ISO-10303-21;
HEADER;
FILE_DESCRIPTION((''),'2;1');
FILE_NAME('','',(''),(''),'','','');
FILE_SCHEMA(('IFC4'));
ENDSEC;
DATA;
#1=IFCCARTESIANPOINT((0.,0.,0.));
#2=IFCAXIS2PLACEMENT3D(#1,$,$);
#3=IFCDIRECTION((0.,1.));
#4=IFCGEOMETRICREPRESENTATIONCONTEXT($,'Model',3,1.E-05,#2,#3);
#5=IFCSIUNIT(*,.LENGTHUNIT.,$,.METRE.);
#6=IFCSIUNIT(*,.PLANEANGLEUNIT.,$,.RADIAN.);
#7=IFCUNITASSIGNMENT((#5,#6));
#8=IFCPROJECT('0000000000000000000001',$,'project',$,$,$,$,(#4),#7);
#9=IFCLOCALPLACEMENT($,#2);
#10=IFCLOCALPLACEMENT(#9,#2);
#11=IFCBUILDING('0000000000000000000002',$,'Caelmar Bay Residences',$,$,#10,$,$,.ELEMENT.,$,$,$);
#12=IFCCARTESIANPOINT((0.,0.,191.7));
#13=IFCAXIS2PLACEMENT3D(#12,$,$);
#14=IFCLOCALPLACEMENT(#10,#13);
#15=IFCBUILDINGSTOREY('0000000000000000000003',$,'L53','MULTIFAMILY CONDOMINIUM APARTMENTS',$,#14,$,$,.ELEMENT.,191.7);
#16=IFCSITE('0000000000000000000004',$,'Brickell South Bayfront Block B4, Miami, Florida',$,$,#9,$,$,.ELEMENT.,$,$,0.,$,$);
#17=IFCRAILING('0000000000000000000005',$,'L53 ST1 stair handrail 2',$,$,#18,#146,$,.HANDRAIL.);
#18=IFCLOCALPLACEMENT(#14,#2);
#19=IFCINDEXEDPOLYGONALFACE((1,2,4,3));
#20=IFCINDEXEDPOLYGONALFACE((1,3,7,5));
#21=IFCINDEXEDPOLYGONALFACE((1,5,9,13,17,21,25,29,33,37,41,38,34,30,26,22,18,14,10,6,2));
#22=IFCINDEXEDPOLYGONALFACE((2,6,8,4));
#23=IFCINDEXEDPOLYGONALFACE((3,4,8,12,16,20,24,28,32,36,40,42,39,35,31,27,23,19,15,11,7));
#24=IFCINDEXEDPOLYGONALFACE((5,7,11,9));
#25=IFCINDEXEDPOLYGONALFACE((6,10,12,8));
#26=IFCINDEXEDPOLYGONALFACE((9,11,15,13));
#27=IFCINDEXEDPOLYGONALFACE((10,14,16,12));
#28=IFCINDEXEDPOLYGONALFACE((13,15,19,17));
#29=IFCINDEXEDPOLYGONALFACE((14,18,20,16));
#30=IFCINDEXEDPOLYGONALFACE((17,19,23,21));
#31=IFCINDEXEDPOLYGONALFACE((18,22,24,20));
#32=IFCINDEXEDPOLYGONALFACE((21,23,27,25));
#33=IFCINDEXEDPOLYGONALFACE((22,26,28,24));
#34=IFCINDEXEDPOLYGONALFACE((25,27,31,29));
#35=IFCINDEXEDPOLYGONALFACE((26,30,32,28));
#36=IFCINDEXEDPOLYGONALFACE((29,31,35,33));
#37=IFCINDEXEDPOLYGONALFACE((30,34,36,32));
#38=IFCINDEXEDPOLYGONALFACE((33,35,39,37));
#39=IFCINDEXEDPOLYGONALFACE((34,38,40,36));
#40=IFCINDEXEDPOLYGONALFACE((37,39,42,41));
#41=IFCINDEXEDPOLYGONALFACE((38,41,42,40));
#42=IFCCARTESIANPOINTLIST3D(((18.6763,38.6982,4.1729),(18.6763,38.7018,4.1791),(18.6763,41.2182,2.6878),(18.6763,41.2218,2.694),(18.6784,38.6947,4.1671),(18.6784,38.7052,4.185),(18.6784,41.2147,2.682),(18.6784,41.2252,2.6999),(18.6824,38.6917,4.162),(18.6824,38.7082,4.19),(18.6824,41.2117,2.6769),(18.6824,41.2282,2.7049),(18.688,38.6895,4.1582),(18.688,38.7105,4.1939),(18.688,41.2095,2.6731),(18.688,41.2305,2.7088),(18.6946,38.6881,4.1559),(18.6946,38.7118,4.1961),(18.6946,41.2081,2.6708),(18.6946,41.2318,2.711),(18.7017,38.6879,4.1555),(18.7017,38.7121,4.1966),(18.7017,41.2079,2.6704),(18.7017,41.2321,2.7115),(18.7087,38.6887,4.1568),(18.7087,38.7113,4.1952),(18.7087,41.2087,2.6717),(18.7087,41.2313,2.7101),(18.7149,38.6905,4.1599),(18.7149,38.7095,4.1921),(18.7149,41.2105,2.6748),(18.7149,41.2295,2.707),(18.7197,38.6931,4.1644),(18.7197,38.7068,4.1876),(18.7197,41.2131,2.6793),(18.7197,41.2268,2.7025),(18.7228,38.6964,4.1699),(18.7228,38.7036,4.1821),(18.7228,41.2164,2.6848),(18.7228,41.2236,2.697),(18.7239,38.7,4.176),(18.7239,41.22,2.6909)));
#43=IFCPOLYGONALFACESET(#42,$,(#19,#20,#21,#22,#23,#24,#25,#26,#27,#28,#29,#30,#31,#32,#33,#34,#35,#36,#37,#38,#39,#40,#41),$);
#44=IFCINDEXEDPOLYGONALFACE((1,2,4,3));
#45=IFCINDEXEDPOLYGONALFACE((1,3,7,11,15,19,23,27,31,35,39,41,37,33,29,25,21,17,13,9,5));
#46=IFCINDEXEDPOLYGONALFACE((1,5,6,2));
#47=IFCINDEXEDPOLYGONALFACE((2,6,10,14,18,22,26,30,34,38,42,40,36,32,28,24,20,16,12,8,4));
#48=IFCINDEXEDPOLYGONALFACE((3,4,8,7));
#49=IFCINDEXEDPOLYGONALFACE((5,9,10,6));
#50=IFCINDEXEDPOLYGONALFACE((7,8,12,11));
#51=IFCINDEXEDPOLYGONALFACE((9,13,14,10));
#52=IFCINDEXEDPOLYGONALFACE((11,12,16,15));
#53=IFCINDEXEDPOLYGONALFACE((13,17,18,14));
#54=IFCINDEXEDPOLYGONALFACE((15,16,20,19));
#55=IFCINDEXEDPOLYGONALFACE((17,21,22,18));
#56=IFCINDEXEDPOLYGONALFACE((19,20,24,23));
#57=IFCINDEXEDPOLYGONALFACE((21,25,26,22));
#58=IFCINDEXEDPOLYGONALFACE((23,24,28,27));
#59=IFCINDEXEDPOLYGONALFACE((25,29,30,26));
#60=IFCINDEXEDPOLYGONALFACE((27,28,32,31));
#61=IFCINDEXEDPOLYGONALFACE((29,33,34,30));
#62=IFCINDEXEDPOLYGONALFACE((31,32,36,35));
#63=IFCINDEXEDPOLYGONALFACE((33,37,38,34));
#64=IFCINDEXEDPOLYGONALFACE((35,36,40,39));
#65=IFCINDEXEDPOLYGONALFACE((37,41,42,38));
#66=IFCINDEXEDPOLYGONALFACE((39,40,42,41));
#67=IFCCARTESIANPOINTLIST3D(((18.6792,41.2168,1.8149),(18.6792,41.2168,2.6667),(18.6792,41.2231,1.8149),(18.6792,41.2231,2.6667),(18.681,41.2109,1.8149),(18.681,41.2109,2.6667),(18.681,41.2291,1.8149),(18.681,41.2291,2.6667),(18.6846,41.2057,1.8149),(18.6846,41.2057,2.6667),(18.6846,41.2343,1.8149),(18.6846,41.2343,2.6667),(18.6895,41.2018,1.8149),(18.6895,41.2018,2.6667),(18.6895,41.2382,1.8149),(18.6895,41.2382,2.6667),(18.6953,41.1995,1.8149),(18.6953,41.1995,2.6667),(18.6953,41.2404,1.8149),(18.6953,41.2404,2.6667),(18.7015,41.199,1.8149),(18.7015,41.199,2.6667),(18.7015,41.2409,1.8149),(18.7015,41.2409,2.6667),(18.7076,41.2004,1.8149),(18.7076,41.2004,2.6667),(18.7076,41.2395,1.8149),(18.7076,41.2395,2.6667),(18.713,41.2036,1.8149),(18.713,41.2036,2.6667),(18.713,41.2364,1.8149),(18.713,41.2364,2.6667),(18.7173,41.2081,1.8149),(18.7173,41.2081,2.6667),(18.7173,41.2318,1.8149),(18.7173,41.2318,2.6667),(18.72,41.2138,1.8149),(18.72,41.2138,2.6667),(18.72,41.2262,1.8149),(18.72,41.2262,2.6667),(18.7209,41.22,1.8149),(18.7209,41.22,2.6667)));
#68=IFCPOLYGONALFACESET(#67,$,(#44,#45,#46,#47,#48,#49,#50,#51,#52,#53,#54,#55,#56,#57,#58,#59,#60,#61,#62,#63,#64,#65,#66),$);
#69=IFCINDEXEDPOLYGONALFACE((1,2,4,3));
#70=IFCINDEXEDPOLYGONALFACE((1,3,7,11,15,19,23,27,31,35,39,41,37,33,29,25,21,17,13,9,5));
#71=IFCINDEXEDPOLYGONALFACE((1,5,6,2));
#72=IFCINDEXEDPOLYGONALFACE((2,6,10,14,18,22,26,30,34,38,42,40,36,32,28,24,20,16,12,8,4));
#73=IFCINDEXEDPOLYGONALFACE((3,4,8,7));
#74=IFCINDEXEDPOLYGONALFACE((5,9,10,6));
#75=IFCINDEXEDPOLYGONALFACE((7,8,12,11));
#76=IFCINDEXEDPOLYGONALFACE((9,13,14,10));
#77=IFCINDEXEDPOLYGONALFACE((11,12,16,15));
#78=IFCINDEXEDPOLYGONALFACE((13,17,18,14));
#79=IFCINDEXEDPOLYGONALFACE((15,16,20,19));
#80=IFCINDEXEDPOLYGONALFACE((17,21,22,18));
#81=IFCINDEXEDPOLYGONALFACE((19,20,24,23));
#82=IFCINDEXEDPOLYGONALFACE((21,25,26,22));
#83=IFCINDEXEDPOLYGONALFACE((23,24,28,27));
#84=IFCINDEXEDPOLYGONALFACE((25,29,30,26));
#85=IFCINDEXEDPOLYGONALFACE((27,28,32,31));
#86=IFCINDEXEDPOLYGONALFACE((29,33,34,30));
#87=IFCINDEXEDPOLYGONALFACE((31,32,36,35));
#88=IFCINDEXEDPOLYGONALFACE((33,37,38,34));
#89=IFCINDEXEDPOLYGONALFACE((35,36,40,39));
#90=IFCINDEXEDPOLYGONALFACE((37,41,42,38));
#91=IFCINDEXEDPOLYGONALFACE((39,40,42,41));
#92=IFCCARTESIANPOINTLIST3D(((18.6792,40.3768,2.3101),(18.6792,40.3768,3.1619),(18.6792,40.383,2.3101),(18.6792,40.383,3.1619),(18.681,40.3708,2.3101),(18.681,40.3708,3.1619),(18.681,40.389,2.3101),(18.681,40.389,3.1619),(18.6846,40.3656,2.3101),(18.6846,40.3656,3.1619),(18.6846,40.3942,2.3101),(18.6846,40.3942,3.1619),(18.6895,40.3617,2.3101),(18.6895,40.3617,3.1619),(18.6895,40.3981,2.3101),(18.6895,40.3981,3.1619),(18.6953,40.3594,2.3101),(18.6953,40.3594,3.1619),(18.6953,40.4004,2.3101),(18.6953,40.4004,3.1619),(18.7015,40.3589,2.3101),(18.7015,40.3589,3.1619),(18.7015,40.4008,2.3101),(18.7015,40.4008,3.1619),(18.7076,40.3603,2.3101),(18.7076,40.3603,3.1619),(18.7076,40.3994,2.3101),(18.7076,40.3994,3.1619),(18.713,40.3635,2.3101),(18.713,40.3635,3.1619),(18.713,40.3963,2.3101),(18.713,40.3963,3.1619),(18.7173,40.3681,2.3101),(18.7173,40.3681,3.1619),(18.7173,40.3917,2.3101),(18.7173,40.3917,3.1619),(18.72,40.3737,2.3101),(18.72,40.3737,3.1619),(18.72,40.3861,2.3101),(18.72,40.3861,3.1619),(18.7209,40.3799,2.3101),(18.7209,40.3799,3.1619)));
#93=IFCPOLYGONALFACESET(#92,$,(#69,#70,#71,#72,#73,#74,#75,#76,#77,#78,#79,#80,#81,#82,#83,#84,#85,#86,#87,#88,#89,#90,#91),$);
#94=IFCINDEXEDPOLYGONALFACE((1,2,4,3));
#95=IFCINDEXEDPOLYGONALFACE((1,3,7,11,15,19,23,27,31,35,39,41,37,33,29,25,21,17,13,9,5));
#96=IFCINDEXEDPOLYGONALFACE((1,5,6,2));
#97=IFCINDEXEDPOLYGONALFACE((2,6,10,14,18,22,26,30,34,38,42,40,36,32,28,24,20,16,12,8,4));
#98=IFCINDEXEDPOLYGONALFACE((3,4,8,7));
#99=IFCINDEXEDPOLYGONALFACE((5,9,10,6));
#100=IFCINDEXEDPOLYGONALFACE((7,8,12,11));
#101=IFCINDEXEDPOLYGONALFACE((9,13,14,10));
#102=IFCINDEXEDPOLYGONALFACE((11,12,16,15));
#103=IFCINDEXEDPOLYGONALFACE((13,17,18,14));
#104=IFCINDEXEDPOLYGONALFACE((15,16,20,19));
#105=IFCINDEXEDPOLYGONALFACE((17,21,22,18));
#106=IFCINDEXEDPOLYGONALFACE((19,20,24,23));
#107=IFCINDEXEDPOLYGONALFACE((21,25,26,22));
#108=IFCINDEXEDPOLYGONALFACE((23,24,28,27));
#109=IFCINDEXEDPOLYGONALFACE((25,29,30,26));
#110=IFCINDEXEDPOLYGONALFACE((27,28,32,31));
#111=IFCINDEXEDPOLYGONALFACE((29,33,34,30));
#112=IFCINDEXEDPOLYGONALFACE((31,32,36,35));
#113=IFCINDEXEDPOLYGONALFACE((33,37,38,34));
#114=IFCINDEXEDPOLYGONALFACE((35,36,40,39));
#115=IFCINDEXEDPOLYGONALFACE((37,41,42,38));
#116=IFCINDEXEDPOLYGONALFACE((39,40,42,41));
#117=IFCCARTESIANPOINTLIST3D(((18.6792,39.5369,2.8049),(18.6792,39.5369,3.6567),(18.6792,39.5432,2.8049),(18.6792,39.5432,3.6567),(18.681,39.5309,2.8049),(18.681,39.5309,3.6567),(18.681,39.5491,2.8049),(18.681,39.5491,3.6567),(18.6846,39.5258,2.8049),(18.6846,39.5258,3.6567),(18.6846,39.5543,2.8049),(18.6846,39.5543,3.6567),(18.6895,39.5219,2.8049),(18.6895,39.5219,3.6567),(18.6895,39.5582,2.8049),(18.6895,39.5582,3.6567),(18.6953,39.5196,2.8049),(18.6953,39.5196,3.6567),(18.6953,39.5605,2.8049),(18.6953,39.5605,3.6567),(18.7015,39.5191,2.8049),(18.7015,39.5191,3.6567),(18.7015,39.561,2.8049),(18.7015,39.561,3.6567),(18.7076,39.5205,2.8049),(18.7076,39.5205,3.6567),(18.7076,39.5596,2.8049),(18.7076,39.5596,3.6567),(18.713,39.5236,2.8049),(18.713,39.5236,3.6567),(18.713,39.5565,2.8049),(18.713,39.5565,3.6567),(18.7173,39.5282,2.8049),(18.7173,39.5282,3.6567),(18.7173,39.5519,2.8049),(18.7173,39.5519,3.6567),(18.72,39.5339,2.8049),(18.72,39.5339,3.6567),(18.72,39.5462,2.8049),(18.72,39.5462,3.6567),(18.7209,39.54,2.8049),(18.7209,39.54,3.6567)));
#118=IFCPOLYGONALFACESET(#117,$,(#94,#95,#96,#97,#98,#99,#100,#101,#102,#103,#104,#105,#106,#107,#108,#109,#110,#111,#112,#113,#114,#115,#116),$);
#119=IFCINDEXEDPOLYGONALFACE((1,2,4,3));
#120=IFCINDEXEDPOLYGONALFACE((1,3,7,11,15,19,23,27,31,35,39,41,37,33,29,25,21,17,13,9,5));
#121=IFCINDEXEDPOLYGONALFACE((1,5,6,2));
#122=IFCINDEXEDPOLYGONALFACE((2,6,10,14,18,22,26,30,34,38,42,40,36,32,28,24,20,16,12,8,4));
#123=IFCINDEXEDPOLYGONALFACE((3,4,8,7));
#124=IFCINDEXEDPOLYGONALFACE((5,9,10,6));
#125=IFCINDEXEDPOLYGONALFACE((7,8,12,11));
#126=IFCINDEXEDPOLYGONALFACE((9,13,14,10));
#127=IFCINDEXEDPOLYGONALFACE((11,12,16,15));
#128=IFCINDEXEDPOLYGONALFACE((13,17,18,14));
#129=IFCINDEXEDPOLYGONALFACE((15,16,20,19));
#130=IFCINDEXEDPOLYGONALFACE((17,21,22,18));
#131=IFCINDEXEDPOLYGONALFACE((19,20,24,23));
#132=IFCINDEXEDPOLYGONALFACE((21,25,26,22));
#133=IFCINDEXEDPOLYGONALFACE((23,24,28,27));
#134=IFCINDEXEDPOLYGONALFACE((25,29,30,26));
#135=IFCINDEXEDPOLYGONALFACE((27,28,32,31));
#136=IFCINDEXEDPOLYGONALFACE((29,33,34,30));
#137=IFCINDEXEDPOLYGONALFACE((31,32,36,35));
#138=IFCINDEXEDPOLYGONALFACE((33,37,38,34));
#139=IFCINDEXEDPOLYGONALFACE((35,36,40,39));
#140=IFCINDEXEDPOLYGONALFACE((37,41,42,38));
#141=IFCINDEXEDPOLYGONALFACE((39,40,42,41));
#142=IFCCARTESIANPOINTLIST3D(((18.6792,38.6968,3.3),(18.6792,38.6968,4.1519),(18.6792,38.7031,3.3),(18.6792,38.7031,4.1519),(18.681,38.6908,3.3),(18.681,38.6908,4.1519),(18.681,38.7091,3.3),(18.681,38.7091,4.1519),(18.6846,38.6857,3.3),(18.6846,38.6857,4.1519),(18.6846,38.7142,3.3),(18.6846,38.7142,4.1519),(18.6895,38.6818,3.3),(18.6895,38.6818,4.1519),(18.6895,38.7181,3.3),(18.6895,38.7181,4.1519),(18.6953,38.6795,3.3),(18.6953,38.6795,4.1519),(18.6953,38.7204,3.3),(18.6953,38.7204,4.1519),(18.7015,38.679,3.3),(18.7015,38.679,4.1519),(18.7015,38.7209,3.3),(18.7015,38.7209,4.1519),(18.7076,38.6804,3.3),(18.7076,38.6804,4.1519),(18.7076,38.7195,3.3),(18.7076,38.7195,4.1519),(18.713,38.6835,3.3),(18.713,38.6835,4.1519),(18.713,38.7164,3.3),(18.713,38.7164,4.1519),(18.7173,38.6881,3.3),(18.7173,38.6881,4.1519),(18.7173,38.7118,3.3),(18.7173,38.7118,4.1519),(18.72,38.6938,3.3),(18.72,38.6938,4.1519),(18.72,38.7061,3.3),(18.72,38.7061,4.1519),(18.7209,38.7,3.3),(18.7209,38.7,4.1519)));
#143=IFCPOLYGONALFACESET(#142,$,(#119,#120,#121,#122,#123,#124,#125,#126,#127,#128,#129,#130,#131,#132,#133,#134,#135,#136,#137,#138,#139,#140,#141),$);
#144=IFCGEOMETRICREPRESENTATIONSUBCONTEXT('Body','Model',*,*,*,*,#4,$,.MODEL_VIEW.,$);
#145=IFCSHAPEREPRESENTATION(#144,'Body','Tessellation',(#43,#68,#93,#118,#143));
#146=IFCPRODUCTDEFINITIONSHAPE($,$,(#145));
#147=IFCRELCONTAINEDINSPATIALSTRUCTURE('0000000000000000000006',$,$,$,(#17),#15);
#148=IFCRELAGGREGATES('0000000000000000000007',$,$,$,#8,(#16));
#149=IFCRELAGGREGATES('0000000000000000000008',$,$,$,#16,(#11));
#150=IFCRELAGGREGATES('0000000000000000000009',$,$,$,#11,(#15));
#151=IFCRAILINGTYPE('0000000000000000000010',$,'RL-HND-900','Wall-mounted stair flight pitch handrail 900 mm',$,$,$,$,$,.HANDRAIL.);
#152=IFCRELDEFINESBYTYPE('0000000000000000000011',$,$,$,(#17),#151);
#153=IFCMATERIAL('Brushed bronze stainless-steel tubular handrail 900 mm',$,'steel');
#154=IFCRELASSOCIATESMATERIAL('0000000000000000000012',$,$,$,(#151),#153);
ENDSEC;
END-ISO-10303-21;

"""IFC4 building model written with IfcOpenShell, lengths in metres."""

from ifc_helpers import new_model, si_unit, direction, frame, origin, origin_2d, place, context, subcontext, project, spatial, circle, extrude, material, type_object, element, save


model = new_model("IFC4")

# Units and contexts
model_context = context("Model", 3, precision=1e-05, world=origin(), true_north=direction((0.0, 1.0)))
body_context = subcontext(model_context, "Body", "Model", "MODEL_VIEW")
ifc_project = project(units=[si_unit("LENGTHUNIT", "METRE"), si_unit("PLANEANGLEUNIT", "RADIAN")], contexts=[model_context])

# Site, building, storey
site_placement = place(None, origin())
site = spatial("IfcSite", under=ifc_project, at=site_placement, Name="Brickell South Bayfront Block B4, Miami, Florida", CompositionType="ELEMENT", RefElevation=0.0)
building_placement = place(site_placement, origin())
building = spatial("IfcBuilding", under=site, at=building_placement, Name="Caelmar Bay Residences", CompositionType="ELEMENT")
storey_placement = place(building_placement, frame((0.0, 0.0, 191.7)))
storey = spatial("IfcBuildingStorey", under=building, at=storey_placement, Name="L53", Description="MULTIFAMILY CONDOMINIUM APARTMENTS", CompositionType="ELEMENT", Elevation=191.7)

# Railing
ifc_material_1 = material(Name="Brushed bronze stainless-steel tubular handrail 900 mm", Category="steel")
railing_type_1 = type_object("IfcRailingType", Name="RL-HND-900", Description="Wall-mounted stair flight pitch handrail 900 mm", PredefinedType="HANDRAIL", material=ifc_material_1)
railing_1_placement = place(storey_placement, frame((18.7, 41.22, 1.8149)))
element("IfcRailing", 1, at=railing_1_placement, inside=storey, type_object=railing_type_1, Name="L53 ST1 stair handrail 2", PredefinedType="HANDRAIL", context=body_context, shape_type="SweptSolid", body=[
    extrude(circle(Radius=0.0239, at=origin_2d()), frame((0.0, 0.0, 0.876), z_axis=(0.0, -0.861524, 0.507717), x_axis=(1.0, 0.0, 0.0)), (0.0, 0.0, 1.0), 2.925),
    extrude(circle(Radius=0.021, at=origin_2d()), origin(), (0.0, 0.0, 1.0), 0.8518),
    extrude(circle(Radius=0.021, at=origin_2d()), frame((0.0, -0.8401, 0.4951)), (0.0, 0.0, 1.0), 0.8518),
    extrude(circle(Radius=0.021, at=origin_2d()), frame((0.0, -1.6799, 0.99)), (0.0, 0.0, 1.0), 0.8518),
    extrude(circle(Radius=0.021, at=origin_2d()), frame((0.0, -2.52, 1.4851)), (0.0, 0.0, 1.0), 0.8518),
])

save(model, "model.ifc")
